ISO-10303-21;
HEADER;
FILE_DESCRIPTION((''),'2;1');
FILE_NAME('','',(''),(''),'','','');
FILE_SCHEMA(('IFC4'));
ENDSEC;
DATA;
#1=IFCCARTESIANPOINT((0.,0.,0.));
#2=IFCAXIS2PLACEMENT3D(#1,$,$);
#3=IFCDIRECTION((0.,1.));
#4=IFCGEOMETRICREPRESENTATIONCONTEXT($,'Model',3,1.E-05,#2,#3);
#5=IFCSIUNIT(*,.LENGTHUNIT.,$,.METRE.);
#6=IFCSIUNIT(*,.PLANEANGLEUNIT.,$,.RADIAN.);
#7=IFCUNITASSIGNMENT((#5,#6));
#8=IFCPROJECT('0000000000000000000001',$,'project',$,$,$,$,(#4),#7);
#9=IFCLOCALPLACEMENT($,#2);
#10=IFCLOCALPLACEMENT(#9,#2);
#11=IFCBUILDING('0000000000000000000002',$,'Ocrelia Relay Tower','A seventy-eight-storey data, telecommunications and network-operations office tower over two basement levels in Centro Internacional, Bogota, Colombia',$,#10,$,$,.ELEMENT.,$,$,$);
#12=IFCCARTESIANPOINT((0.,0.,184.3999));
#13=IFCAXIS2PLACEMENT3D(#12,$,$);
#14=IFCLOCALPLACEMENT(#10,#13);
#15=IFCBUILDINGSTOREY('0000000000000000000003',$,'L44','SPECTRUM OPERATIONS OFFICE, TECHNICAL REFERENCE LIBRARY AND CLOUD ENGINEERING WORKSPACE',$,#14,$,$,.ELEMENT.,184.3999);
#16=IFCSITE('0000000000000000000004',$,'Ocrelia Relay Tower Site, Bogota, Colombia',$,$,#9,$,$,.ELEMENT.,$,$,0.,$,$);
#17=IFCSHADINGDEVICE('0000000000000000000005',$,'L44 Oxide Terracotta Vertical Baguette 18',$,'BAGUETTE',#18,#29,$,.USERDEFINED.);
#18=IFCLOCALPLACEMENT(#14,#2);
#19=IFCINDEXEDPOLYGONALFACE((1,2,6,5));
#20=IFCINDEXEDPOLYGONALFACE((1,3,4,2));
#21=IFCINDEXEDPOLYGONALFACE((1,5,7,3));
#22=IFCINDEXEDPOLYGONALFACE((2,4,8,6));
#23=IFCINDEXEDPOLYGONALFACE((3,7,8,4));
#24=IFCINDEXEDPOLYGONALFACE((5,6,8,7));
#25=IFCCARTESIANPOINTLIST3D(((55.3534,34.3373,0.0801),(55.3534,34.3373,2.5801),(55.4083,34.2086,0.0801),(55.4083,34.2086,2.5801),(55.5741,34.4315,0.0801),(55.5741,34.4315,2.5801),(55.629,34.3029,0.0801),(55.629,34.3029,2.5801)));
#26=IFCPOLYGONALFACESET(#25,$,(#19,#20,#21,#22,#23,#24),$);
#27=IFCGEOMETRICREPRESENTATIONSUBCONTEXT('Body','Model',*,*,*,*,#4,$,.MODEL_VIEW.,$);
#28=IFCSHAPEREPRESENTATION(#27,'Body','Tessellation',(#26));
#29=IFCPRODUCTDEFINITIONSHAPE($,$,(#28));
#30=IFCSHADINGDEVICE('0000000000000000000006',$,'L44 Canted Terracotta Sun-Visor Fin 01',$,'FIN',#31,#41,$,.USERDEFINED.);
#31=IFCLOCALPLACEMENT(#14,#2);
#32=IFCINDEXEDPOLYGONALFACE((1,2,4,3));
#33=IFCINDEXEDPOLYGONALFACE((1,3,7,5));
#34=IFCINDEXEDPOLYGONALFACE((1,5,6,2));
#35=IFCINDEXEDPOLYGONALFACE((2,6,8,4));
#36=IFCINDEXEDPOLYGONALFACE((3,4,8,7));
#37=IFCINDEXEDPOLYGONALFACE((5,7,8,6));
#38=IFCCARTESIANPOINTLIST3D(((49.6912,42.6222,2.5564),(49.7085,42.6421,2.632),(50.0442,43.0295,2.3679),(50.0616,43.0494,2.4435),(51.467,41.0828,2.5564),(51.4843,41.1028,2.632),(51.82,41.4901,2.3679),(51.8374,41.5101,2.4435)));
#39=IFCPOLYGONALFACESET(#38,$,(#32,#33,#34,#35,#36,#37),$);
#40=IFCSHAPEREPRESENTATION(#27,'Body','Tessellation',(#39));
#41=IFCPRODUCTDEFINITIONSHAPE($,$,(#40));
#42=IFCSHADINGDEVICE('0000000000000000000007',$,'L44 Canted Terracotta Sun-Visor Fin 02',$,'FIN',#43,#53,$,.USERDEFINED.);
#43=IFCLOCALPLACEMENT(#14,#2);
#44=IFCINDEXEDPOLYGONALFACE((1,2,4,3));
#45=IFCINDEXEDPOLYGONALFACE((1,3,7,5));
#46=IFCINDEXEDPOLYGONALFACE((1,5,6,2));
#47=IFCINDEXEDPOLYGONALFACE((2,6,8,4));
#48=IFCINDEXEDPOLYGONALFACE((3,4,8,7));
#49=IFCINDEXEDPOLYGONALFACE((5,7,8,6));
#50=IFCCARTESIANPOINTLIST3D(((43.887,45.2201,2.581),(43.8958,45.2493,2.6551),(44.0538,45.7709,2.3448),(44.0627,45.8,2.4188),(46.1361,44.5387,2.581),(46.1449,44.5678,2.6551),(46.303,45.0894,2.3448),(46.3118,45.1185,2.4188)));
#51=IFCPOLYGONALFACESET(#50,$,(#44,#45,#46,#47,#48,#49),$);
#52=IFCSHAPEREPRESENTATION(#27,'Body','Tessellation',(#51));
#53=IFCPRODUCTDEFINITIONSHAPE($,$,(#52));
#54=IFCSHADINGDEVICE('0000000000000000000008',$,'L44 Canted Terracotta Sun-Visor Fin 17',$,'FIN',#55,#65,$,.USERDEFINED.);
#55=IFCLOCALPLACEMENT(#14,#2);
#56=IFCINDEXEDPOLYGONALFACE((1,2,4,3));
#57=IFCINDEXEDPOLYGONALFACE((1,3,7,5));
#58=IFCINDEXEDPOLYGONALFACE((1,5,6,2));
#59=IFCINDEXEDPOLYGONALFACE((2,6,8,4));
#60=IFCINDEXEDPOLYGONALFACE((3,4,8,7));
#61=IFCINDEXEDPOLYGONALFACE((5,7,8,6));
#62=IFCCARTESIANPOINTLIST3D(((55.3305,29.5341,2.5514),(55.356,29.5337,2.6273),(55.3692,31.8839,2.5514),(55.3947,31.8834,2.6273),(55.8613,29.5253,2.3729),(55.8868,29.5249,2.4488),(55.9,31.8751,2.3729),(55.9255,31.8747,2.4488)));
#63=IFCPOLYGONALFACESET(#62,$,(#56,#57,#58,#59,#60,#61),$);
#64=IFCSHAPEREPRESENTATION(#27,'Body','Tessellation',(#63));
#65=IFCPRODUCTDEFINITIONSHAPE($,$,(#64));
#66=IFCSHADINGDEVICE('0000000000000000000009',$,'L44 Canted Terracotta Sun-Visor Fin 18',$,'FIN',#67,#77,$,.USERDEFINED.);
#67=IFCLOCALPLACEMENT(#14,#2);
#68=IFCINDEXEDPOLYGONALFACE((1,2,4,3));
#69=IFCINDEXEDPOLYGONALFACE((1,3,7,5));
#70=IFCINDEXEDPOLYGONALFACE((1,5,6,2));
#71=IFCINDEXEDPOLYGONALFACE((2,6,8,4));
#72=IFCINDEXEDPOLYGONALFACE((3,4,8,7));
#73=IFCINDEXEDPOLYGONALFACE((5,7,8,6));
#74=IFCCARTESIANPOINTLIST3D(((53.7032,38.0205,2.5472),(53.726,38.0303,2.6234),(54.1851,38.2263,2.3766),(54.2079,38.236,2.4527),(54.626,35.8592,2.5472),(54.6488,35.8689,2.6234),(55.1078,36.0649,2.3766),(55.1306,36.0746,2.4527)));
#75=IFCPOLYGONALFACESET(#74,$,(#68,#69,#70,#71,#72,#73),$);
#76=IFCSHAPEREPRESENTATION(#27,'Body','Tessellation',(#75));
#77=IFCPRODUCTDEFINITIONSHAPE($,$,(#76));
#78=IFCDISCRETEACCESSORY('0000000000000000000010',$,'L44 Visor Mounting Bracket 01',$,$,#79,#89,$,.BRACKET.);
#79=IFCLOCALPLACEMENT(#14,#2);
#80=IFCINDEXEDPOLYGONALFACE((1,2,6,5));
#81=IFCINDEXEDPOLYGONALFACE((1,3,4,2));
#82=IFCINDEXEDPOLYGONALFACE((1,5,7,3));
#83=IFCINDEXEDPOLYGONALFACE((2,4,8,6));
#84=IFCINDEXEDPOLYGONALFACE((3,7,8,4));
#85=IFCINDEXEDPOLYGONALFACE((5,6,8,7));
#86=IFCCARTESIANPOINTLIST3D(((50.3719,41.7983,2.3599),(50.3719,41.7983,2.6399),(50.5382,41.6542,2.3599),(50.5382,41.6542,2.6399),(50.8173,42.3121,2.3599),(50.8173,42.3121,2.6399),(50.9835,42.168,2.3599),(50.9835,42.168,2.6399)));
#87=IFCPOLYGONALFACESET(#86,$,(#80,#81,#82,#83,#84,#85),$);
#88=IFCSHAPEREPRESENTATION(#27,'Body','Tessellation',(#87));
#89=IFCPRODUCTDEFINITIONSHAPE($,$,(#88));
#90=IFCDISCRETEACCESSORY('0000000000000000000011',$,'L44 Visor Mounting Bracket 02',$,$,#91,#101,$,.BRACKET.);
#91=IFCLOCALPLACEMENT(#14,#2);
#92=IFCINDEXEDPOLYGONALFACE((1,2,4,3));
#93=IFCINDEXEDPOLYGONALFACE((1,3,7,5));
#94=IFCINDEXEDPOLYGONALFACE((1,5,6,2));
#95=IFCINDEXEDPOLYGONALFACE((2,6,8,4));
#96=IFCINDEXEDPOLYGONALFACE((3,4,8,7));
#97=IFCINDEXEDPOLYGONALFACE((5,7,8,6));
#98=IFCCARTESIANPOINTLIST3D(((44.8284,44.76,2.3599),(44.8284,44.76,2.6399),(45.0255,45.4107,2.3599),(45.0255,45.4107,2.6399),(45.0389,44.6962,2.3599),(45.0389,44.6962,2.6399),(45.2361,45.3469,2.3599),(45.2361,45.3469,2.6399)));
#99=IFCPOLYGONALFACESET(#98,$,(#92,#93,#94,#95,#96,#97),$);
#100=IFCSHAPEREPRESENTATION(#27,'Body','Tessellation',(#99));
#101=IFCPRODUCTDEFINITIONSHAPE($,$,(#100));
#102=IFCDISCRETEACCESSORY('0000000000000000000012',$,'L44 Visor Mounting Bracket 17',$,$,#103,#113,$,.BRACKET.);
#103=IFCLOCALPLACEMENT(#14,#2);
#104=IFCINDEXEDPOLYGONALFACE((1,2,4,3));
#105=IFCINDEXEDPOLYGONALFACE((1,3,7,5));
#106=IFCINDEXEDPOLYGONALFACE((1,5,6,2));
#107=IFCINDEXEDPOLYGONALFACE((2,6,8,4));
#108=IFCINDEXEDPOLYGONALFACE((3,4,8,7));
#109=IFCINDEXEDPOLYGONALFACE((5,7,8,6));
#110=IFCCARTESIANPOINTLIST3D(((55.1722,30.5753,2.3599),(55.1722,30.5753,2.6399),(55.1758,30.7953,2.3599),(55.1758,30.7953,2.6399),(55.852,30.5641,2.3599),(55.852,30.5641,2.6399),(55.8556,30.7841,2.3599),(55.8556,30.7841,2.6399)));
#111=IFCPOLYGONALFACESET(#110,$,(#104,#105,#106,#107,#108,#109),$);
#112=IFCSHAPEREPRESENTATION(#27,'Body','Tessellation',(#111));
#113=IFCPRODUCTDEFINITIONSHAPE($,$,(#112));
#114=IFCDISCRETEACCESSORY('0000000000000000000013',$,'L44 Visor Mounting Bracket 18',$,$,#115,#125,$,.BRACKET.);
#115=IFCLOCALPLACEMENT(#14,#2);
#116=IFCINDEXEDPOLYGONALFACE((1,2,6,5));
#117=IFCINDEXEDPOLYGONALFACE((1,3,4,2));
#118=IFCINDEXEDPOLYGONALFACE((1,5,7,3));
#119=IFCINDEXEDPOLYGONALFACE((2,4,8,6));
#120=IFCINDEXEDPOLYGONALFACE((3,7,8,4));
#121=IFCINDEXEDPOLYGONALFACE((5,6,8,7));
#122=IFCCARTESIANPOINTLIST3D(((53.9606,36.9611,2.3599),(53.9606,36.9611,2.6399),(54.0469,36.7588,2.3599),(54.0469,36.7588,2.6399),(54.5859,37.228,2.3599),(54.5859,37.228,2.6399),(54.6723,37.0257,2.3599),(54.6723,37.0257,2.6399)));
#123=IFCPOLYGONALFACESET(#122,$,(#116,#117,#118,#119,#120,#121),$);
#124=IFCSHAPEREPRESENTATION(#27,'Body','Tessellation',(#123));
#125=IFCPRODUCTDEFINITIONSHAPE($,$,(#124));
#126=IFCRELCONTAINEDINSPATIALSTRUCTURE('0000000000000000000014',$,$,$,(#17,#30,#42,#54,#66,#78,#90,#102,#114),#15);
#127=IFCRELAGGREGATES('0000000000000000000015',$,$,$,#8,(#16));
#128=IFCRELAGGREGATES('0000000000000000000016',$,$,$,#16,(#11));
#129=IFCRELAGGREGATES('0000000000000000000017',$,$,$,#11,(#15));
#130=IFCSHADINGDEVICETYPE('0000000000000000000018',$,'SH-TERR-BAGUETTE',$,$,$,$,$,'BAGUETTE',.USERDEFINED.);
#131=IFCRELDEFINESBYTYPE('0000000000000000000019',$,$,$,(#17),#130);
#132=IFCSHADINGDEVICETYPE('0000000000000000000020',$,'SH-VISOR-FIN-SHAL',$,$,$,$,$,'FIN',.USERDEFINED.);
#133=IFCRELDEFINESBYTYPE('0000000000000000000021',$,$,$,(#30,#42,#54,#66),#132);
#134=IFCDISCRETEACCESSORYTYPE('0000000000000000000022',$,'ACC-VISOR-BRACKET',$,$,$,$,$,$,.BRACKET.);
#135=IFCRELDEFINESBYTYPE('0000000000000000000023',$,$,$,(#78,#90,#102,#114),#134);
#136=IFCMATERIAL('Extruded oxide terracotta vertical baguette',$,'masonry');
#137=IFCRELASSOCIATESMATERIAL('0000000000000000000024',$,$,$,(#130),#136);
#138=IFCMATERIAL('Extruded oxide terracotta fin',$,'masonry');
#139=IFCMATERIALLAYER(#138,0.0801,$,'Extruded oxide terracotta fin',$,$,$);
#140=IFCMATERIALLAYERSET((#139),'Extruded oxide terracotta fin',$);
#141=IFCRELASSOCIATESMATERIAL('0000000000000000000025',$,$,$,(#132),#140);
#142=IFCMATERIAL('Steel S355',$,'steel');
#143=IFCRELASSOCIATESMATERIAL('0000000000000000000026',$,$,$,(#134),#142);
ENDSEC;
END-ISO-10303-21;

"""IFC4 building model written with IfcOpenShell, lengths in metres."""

from ifc_helpers import new_model, si_unit, direction, frame, origin, origin_2d, place, context, subcontext, project, spatial, rectangle, extrude, material, layer, layer_set, type_object, element, save


model = new_model("IFC4")

# Units and contexts
model_context = context("Model", 3, precision=1e-05, world=origin(), true_north=direction((0.0, 1.0)))
body_context = subcontext(model_context, "Body", "Model", "MODEL_VIEW")
ifc_project = project(units=[si_unit("LENGTHUNIT", "METRE"), si_unit("PLANEANGLEUNIT", "RADIAN")], contexts=[model_context])

# Site, building, storey
site_placement = place(None, origin())
site = spatial("IfcSite", under=ifc_project, at=site_placement, Name="Ocrelia Relay Tower Site, Bogota, Colombia", CompositionType="ELEMENT", RefElevation=0.0)
building_placement = place(site_placement, origin())
building = spatial("IfcBuilding", under=site, at=building_placement, Name="Ocrelia Relay Tower", Description="A seventy-eight-storey data, telecommunications and network-operations office tower over two basement levels in Centro Internacional, Bogota, Colombia", CompositionType="ELEMENT")
storey_placement = place(building_placement, frame((0.0, 0.0, 184.3999)))
storey = spatial("IfcBuildingStorey", under=building, at=storey_placement, Name="L44", Description="SPECTRUM OPERATIONS OFFICE, TECHNICAL REFERENCE LIBRARY AND CLOUD ENGINEERING WORKSPACE", CompositionType="ELEMENT", Elevation=184.3999)

# Shared definitions
ifc_material_1 = material(Name="Steel S355", Category="steel")

# Shading devices
ifc_material_2 = material(Name="Extruded oxide terracotta vertical baguette", Category="masonry")
shading_device_type_1 = type_object("IfcShadingDeviceType", Name="SH-TERR-BAGUETTE", ElementType="BAGUETTE", PredefinedType="USERDEFINED", material=ifc_material_2)
for number, where, z_axis, x_axis, name in (
    (1, (55.4912, 34.3201, 0.0801), (0.0, 0.0, 1.0), (-0.392651, 0.919688, 0.0), "L44 Oxide Terracotta Vertical Baguette 18"),
):
    element("IfcShadingDevice", number, at=place(storey_placement, frame(where, z_axis=z_axis, x_axis=x_axis)), inside=storey, type_object=shading_device_type_1, Name=name, ObjectType="BAGUETTE", PredefinedType="USERDEFINED", context=body_context, shape_type="SweptSolid", body=[
        extrude(rectangle(XDim=0.1399, YDim=0.24, at=origin_2d()), origin(), (0.0, 0.0, 1.0), 2.5),
    ])
ifc_material_3 = material(Name="Extruded oxide terracotta fin", Category="masonry")
ifc_layer_1 = layer(ifc_material_3, 0.0801, Name="Extruded oxide terracotta fin")
ifc_layer_set_1 = layer_set([ifc_layer_1], Name="Extruded oxide terracotta fin")
shading_device_type_2 = type_object("IfcShadingDeviceType", Name="SH-VISOR-FIN-SHAL", ElementType="FIN", PredefinedType="USERDEFINED", material=ifc_layer_set_1)
shading_device_1_placement = place(storey_placement, frame((50.7556, 42.0562, 2.4622), z_axis=(0.216272, 0.249497, 0.943916), x_axis=(-0.755627, 0.655002, 0.0)))
element("IfcShadingDevice", 2, at=shading_device_1_placement, inside=storey, type_object=shading_device_type_2, Name="L44 Canted Terracotta Sun-Visor Fin 01", ObjectType="FIN", PredefinedType="USERDEFINED", context=body_context, shape_type="SweptSolid", body=[
    extrude(rectangle(XDim=2.3501, YDim=0.571, at=origin_2d()), origin(), (0.0, 0.0, 1.0), 0.0801),
])
shading_device_2_placement = place(storey_placement, frame((45.095, 45.1548, 2.4629), z_axis=(0.110126, 0.363462, 0.925077), x_axis=(-0.957035, 0.289973, 0.0)))
element("IfcShadingDevice", 3, at=shading_device_2_placement, inside=storey, type_object=shading_device_type_2, Name="L44 Canted Terracotta Sun-Visor Fin 02", ObjectType="FIN", PredefinedType="USERDEFINED", context=body_context, shape_type="SweptSolid", body=[
    extrude(rectangle(XDim=2.3501, YDim=0.6221, at=origin_2d()), origin(), (0.0, 0.0, 1.0), 0.0801),
])
shading_device_3_placement = place(storey_placement, frame((55.6152, 30.7046, 2.4622), z_axis=(0.318751, -0.005251, 0.947824), x_axis=(0.016471, 0.999864, 0.0)))
element("IfcShadingDevice", 4, at=shading_device_3_placement, inside=storey, type_object=shading_device_type_2, Name="L44 Canted Terracotta Sun-Visor Fin 17", ObjectType="FIN", PredefinedType="USERDEFINED", context=body_context, shape_type="SweptSolid", body=[
    extrude(rectangle(XDim=2.3501, YDim=0.5601, at=origin_2d()), origin(), (0.0, 0.0, 1.0), 0.0801),
])
shading_device_4_placement = place(storey_placement, frame((54.4055, 37.0427, 2.4619), z_axis=(0.28481, 0.121597, 0.950841), x_axis=(-0.392651, 0.919688, 0.0)))
element("IfcShadingDevice", 5, at=shading_device_4_placement, inside=storey, type_object=shading_device_type_2, Name="L44 Canted Terracotta Sun-Visor Fin 18", ObjectType="FIN", PredefinedType="USERDEFINED", context=body_context, shape_type="SweptSolid", body=[
    extrude(rectangle(XDim=2.3501, YDim=0.551, at=origin_2d()), origin(), (0.0, 0.0, 1.0), 0.0801),
])

# Discrete accessories
discrete_accessory_type = type_object("IfcDiscreteAccessoryType", Name="ACC-VISOR-BRACKET", PredefinedType="BRACKET", material=ifc_material_1)
for number, where, z_axis, x_axis, name in (
    (6, (50.6777, 41.9832, 2.3599), (0.0, 0.0, 1.0), (-0.755627, 0.655002, 0.0), "L44 Visor Mounting Bracket 01"),
    (7, (45.0322, 45.0535, 2.3599), (0.0, 0.0, 1.0), (-0.957035, 0.289973, 0.0), "L44 Visor Mounting Bracket 02"),
    (8, (55.5139, 30.6797, 2.3599), (0.0, 0.0, 1.0), (0.016471, 0.999864, 0.0), "L44 Visor Mounting Bracket 17"),
    (9, (54.3164, 36.9934, 2.3599), (0.0, 0.0, 1.0), (-0.392651, 0.919688, 0.0), "L44 Visor Mounting Bracket 18"),
):
    element("IfcDiscreteAccessory", number, at=place(storey_placement, frame(where, z_axis=z_axis, x_axis=x_axis)), inside=storey, type_object=discrete_accessory_type, Name=name, PredefinedType="BRACKET", context=body_context, shape_type="SweptSolid", body=[
        extrude(rectangle(XDim=0.22, YDim=0.6799, at=origin_2d()), origin(), (0.0, 0.0, 1.0), 0.28),
    ])

save(model, "model.ifc")
